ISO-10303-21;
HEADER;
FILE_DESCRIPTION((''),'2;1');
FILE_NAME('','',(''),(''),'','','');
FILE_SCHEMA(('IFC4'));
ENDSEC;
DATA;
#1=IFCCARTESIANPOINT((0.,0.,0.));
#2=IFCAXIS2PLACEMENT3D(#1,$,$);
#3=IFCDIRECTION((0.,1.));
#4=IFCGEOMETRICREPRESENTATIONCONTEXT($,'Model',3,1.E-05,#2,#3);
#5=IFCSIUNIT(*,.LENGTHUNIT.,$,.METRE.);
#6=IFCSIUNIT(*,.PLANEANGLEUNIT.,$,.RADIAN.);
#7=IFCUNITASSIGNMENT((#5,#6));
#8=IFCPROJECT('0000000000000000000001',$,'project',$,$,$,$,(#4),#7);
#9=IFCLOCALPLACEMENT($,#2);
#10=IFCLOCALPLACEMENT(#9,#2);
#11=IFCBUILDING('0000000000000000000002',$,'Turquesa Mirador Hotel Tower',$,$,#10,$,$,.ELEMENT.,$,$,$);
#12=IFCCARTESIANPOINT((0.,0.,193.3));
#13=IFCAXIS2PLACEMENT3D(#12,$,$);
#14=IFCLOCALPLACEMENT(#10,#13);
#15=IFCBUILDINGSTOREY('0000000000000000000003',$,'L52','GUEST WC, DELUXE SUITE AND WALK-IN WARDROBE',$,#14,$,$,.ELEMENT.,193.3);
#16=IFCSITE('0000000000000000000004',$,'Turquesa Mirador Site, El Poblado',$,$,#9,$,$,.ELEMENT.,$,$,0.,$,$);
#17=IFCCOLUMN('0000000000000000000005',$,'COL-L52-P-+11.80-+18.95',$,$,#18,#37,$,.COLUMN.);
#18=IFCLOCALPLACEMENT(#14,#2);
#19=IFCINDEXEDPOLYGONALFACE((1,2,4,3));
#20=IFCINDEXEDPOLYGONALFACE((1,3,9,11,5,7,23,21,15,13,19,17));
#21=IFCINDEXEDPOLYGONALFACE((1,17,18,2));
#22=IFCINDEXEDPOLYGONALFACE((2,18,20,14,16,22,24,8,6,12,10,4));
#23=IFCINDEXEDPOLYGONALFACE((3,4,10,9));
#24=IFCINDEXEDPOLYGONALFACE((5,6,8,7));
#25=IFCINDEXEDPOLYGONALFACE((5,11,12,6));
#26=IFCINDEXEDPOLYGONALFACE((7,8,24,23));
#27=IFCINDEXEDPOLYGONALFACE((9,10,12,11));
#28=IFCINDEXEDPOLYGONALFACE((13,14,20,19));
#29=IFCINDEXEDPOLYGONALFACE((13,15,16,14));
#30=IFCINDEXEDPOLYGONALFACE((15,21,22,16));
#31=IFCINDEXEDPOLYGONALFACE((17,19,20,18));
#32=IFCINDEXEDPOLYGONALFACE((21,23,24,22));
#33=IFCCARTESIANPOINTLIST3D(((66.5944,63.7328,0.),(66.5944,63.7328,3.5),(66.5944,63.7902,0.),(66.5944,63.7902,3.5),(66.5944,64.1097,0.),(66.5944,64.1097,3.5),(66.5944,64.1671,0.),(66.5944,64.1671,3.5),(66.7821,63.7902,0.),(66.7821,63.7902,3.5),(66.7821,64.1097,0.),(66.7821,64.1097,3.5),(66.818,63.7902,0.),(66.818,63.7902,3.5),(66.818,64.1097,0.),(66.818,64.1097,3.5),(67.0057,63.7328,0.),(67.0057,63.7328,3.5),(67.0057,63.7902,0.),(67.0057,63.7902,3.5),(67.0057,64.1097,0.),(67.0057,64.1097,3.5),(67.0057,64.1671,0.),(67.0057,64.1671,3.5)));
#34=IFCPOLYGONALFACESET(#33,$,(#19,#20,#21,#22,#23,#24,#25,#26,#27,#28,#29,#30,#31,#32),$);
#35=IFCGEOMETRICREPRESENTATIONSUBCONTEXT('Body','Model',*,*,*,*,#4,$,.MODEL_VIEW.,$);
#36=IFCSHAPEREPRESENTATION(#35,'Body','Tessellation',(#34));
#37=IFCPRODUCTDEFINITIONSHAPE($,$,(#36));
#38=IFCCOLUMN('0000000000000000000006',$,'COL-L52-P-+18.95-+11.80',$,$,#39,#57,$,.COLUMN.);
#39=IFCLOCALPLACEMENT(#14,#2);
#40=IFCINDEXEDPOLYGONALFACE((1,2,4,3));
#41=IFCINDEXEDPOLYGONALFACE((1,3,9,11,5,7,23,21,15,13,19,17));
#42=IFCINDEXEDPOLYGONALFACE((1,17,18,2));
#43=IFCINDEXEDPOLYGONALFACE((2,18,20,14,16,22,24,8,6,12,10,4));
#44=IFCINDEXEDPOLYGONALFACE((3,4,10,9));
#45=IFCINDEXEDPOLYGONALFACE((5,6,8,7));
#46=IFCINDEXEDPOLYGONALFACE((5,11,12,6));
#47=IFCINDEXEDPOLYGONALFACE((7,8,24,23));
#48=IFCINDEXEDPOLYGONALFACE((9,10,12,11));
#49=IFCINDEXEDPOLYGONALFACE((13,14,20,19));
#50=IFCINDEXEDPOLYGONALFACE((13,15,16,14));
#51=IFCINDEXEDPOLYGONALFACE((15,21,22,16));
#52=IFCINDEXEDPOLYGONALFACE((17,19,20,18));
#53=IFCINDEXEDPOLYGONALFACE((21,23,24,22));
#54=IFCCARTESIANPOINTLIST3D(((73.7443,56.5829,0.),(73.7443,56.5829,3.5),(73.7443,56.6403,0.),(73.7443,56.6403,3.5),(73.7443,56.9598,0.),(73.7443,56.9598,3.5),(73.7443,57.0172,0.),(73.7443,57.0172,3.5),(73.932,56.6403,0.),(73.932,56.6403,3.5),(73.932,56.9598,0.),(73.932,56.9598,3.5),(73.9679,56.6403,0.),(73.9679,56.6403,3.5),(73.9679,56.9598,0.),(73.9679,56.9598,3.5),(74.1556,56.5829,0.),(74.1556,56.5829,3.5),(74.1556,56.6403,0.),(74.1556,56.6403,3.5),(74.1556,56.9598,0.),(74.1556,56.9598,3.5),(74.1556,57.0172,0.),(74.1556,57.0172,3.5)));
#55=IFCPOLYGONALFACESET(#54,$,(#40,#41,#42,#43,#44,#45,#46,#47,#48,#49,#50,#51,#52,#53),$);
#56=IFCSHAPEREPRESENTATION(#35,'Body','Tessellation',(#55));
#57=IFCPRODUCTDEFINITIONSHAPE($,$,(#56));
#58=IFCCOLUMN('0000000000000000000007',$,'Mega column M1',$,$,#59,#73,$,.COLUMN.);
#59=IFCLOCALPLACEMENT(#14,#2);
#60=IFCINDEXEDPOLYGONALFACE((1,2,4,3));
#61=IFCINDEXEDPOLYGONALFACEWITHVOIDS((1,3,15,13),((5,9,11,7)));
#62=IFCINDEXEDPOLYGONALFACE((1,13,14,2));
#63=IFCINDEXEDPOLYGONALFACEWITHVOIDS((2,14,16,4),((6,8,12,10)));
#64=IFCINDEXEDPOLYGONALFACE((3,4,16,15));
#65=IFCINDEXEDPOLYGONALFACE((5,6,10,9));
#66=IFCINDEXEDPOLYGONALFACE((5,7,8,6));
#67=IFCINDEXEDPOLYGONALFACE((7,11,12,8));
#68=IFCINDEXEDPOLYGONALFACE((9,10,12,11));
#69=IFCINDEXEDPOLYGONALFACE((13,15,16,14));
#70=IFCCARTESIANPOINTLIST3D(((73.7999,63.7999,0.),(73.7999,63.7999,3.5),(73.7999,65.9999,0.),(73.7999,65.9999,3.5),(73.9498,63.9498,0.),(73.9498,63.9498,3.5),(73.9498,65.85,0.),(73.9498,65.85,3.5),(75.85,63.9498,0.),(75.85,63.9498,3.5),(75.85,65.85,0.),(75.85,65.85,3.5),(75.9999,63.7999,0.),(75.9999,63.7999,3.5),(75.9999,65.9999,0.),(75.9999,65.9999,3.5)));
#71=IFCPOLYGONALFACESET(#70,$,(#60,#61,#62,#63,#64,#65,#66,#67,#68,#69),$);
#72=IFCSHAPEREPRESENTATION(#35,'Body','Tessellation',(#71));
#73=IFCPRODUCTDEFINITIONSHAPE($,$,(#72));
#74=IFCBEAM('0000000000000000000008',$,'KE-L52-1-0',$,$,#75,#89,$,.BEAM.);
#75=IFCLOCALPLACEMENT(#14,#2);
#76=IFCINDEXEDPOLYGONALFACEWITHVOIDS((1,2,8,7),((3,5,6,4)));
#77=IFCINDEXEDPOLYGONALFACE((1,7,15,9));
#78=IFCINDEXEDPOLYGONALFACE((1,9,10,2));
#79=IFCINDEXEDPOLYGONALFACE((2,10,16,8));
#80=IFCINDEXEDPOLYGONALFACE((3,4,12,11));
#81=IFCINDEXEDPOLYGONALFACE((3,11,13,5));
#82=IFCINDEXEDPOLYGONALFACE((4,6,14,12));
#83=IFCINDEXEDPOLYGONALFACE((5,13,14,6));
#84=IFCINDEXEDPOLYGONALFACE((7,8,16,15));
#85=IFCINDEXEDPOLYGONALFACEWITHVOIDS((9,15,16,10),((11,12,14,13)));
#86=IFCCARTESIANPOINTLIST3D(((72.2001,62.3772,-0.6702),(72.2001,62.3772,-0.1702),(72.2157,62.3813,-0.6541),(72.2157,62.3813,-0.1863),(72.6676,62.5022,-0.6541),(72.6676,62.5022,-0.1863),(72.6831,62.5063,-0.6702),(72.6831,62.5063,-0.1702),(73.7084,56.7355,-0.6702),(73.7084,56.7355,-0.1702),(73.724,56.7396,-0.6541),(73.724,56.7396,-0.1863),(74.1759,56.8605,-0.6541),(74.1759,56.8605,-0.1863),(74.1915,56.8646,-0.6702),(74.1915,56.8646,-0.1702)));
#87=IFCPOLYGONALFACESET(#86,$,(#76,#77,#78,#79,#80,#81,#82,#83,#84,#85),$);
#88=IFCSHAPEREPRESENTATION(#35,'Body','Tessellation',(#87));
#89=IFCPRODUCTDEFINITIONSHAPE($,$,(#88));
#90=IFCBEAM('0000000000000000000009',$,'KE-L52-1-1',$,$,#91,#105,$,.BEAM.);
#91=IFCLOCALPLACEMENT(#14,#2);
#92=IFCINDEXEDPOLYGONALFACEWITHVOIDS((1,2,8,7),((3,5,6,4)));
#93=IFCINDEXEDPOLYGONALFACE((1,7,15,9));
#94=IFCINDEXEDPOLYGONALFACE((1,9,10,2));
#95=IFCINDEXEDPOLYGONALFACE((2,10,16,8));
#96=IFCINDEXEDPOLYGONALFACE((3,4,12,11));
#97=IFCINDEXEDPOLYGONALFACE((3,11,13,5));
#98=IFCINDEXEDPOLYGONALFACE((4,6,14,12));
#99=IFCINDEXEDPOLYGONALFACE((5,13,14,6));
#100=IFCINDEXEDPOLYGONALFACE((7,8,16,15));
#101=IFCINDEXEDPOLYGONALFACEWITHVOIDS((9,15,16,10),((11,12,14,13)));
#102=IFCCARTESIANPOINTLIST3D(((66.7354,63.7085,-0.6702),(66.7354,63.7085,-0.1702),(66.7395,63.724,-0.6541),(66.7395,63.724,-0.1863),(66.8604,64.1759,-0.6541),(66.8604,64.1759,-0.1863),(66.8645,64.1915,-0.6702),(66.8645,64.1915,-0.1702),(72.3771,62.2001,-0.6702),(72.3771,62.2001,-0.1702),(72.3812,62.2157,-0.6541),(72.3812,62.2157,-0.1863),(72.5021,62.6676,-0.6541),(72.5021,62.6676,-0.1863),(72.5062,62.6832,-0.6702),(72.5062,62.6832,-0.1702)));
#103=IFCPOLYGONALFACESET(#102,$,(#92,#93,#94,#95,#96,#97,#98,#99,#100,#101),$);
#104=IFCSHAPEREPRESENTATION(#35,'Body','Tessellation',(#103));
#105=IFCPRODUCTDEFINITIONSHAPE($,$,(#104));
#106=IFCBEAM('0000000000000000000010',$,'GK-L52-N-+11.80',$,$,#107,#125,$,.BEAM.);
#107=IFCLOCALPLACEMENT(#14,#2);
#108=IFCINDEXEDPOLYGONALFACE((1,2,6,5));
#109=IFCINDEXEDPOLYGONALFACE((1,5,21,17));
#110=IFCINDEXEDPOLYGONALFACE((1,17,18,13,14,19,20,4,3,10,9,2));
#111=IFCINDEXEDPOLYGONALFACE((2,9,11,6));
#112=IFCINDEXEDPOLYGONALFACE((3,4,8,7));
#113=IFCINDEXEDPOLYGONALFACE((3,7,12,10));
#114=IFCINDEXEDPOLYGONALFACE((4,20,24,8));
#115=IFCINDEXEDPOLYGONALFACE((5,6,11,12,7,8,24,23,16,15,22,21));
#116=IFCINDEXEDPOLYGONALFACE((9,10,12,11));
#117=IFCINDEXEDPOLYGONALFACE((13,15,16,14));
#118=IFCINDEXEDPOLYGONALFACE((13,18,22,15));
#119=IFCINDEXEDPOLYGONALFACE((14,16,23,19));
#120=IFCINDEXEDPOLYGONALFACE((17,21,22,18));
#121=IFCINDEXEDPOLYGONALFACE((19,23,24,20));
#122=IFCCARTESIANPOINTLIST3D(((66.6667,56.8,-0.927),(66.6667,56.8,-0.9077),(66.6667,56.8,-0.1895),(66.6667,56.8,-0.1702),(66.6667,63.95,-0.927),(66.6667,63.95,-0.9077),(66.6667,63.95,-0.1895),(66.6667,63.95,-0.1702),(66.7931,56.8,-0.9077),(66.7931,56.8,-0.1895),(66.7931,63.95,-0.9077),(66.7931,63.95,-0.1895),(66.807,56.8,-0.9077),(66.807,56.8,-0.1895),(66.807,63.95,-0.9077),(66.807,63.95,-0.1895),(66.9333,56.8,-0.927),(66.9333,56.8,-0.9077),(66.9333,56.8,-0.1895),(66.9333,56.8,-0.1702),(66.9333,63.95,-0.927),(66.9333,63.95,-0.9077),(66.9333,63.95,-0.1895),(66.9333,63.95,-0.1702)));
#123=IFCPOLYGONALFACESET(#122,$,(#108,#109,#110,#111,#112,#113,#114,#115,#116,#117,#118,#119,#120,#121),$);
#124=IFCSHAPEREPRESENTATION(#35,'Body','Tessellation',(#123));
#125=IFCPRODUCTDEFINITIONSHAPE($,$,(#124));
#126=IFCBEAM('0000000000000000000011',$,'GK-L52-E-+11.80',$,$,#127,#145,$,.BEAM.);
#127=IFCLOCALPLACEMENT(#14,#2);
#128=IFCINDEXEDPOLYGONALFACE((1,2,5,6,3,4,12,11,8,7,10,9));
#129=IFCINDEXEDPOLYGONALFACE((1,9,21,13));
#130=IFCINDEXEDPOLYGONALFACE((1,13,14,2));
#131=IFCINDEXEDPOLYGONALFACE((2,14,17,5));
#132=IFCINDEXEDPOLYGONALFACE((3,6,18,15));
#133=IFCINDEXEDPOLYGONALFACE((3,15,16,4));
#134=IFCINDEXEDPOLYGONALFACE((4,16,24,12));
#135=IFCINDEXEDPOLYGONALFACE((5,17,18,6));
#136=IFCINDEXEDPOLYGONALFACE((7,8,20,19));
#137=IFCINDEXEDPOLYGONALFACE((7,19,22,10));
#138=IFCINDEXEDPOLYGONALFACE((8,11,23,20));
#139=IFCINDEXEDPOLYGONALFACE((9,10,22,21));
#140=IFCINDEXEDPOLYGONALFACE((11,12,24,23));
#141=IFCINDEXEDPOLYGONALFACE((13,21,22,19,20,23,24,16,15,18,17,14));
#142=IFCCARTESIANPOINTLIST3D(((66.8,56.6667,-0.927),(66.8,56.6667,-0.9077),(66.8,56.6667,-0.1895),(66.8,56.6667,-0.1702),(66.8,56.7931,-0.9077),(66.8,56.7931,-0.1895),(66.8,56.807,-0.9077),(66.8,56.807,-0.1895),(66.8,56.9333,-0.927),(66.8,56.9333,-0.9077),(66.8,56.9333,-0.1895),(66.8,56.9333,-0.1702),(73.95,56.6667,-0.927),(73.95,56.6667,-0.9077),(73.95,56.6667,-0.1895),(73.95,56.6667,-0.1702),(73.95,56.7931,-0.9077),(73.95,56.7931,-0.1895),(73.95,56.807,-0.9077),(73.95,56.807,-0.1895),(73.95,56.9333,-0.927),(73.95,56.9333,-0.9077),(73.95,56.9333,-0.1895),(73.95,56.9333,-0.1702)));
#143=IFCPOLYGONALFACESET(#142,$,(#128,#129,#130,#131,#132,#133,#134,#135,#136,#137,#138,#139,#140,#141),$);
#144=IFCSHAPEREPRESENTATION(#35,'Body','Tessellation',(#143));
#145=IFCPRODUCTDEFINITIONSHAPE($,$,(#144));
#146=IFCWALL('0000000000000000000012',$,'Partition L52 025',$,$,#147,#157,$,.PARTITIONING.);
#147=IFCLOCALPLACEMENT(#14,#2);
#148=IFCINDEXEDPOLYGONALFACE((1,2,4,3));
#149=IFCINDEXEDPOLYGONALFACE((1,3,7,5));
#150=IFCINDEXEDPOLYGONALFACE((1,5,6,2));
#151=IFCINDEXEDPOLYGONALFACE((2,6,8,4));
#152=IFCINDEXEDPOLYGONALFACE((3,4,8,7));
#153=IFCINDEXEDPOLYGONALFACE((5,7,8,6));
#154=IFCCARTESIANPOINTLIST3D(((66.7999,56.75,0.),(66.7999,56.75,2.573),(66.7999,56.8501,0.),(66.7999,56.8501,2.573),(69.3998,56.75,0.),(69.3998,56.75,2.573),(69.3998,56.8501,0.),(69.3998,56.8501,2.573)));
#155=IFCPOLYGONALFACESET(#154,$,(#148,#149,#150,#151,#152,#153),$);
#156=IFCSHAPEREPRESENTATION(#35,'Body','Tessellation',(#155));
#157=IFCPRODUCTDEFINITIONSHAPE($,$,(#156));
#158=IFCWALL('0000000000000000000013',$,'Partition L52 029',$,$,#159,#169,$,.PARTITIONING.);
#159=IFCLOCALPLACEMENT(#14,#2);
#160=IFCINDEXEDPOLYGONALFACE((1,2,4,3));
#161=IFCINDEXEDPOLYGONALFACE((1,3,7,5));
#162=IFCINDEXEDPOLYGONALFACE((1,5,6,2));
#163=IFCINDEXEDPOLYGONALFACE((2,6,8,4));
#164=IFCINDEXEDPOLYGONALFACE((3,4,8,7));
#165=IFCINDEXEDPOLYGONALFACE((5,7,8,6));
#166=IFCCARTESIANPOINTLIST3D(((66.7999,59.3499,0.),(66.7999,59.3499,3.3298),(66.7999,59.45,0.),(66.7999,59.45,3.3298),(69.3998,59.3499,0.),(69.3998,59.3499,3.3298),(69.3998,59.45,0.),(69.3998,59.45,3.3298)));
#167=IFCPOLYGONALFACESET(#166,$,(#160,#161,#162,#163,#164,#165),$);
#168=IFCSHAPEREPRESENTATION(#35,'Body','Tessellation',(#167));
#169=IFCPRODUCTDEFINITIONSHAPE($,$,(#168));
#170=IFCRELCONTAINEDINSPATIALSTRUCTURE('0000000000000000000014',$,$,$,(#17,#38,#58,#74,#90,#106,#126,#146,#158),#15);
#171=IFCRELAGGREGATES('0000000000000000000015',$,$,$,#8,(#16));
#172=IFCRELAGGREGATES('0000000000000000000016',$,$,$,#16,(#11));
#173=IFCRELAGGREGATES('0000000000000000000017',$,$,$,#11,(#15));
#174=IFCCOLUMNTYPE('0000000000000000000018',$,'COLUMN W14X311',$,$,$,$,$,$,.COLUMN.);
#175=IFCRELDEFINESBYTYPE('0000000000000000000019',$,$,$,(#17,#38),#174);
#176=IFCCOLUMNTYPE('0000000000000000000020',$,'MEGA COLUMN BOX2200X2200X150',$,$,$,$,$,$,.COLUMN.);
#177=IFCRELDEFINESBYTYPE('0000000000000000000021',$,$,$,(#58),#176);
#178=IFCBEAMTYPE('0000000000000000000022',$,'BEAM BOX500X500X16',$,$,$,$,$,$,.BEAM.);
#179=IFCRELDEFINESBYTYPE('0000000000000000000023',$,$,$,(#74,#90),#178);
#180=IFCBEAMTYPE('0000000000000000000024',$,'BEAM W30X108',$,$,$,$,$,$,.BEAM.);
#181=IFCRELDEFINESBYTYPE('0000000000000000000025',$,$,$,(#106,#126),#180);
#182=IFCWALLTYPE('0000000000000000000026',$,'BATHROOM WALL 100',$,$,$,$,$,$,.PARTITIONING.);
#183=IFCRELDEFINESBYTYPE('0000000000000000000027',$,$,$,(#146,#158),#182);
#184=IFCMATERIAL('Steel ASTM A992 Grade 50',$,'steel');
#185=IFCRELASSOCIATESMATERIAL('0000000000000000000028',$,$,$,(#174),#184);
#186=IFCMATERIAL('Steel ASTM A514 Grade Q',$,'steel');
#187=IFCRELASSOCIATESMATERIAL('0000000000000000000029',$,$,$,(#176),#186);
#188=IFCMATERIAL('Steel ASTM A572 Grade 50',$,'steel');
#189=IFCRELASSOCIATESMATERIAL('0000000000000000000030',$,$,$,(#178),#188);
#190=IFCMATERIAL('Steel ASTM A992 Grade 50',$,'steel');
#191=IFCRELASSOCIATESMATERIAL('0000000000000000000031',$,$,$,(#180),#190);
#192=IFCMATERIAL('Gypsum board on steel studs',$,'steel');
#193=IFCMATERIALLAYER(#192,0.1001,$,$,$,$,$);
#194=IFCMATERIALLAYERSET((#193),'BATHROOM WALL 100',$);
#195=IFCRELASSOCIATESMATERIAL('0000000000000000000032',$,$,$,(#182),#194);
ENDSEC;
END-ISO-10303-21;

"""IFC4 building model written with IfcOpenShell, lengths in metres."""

from ifc_helpers import new_model, si_unit, direction, frame, frame_2d, origin, origin_2d, place, context, subcontext, project, spatial, rectangle, hollow_rectangle, i_section, extrude, material, layer, layer_set, material_profile, profile_set, type_object, element, save


model = new_model("IFC4")

# Units and contexts
model_context = context("Model", 3, precision=1e-05, world=origin(), true_north=direction((0.0, 1.0)))
body_context = subcontext(model_context, "Body", "Model", "MODEL_VIEW")
ifc_project = project(units=[si_unit("LENGTHUNIT", "METRE"), si_unit("PLANEANGLEUNIT", "RADIAN")], contexts=[model_context])

# Site, building, storey
site_placement = place(None, origin())
site = spatial("IfcSite", under=ifc_project, at=site_placement, Name="Turquesa Mirador Site, El Poblado", CompositionType="ELEMENT", RefElevation=0.0)
building_placement = place(site_placement, origin())
building = spatial("IfcBuilding", under=site, at=building_placement, Name="Turquesa Mirador Hotel Tower", CompositionType="ELEMENT")
storey_placement = place(building_placement, frame((0.0, 0.0, 193.3)))
storey = spatial("IfcBuildingStorey", under=building, at=storey_placement, Name="L52", Description="GUEST WC, DELUXE SUITE AND WALK-IN WARDROBE", CompositionType="ELEMENT", Elevation=193.3)

# Columns
ifc_material_1 = material(Name="Steel ASTM A992 Grade 50", Category="steel")
ifc_material_profile_1 = material_profile(ifc_material_1, i_section(OverallWidth=0.4114, OverallDepth=0.4343, WebThickness=0.0359, FlangeThickness=0.0574, at=origin_2d()), Name="W14X311")
ifc_profile_set_1 = profile_set([ifc_material_profile_1], Name="Steel ASTM A992 Grade 50")
column_type_1 = type_object("IfcColumnType", Name="COLUMN W14X311", PredefinedType="COLUMN", material=ifc_profile_set_1)
for number, where, z_axis, x_axis, name in (
    (1, (66.8, 63.95, 0.0), (0.0, 0.0, 1.0), (1.0, 0.0, 0.0), "COL-L52-P-+11.80-+18.95"),
    (2, (73.95, 56.8, 0.0), (0.0, 0.0, 1.0), (1.0, 0.0, 0.0), "COL-L52-P-+18.95-+11.80"),
):
    element("IfcColumn", number, at=place(storey_placement, frame(where, z_axis=z_axis, x_axis=x_axis)), inside=storey, type_object=column_type_1, Name=name, PredefinedType="COLUMN", context=body_context, shape_type="SweptSolid", body=[
        extrude(i_section(OverallWidth=0.4114, OverallDepth=0.4343, WebThickness=0.0359, FlangeThickness=0.0574, at=origin_2d()), origin(), (0.0, 0.0, 1.0), 3.5),
    ])
ifc_material_2 = material(Name="Steel ASTM A514 Grade Q", Category="steel")
ifc_material_profile_2 = material_profile(ifc_material_2, hollow_rectangle(XDim=2.2, YDim=2.2, WallThickness=0.1499, at=origin_2d()), Name="BOX2200X2200X150")
ifc_profile_set_2 = profile_set([ifc_material_profile_2], Name="Steel ASTM A514 Grade Q")
column_type_2 = type_object("IfcColumnType", Name="MEGA COLUMN BOX2200X2200X150", PredefinedType="COLUMN", material=ifc_profile_set_2)
column_placement = place(storey_placement, frame((74.8999, 64.8999, 0.0), z_axis=(0.0, 0.0, 1.0), x_axis=(1.0, 0.0, 0.0)))
element("IfcColumn", 3, at=column_placement, inside=storey, type_object=column_type_2, Name="Mega column M1", PredefinedType="COLUMN", context=body_context, shape_type="SweptSolid", body=[
    extrude(hollow_rectangle(XDim=2.2, YDim=2.2, WallThickness=0.1499, at=origin_2d()), origin(), (0.0, 0.0, 1.0), 3.5),
])

# Beams
ifc_material_3 = material(Name="Steel ASTM A572 Grade 50", Category="steel")
ifc_material_profile_3 = material_profile(ifc_material_3, hollow_rectangle(XDim=0.5, YDim=0.5, WallThickness=0.0161, at=origin_2d()), Name="BOX500X500X16")
ifc_profile_set_3 = profile_set([ifc_material_profile_3], Name="Steel ASTM A572 Grade 50")
beam_type_1 = type_object("IfcBeamType", Name="BEAM BOX500X500X16", PredefinedType="BEAM", material=ifc_profile_set_3)
for number, where, z_axis, x_axis, name in (
    (4, (73.95, 56.8, -0.4202), (-0.258282, 0.96607, 0.0), (-0.96607, -0.258282, 0.0), "KE-L52-1-0"),
    (5, (72.4417, 62.4417, -0.4202), (-0.96607, 0.258282, 0.0), (-0.258282, -0.96607, 0.0), "KE-L52-1-1"),
):
    element("IfcBeam", number, at=place(storey_placement, frame(where, z_axis=z_axis, x_axis=x_axis)), inside=storey, type_object=beam_type_1, Name=name, PredefinedType="BEAM", context=body_context, shape_type="SweptSolid", body=[
        extrude(hollow_rectangle(XDim=0.5, YDim=0.5, WallThickness=0.0161, at=origin_2d()), origin(), (0.0, 0.0, 1.0), 5.8398),
    ])
ifc_material_4 = material(Name="Steel ASTM A992 Grade 50", Category="steel")
ifc_material_profile_4 = material_profile(ifc_material_4, i_section(OverallWidth=0.2666, OverallDepth=0.7568, WebThickness=0.0139, FlangeThickness=0.0193, at=origin_2d()), Name="W30X108")
ifc_profile_set_4 = profile_set([ifc_material_profile_4], Name="Steel ASTM A992 Grade 50")
beam_type_2 = type_object("IfcBeamType", Name="BEAM W30X108", PredefinedType="BEAM", material=ifc_profile_set_4)
for number, where, z_axis, x_axis, name in (
    (6, (66.8, 63.95, -0.5486), (0.0, -1.0, 0.0), (1.0, 0.0, 0.0), "GK-L52-N-+11.80"),
    (7, (73.95, 56.8, -0.5486), (-1.0, 0.0, 0.0), (0.0, -1.0, 0.0), "GK-L52-E-+11.80"),
):
    element("IfcBeam", number, at=place(storey_placement, frame(where, z_axis=z_axis, x_axis=x_axis)), inside=storey, type_object=beam_type_2, Name=name, PredefinedType="BEAM", context=body_context, shape_type="SweptSolid", body=[
        extrude(i_section(OverallWidth=0.2666, OverallDepth=0.7568, WebThickness=0.0139, FlangeThickness=0.0193, at=origin_2d()), origin(), (0.0, 0.0, 1.0), 7.1499),
    ])

# Walls
ifc_material_5 = material(Name="Gypsum board on steel studs", Category="steel")
ifc_layer_1 = layer(ifc_material_5, 0.1001)
ifc_layer_set_1 = layer_set([ifc_layer_1], Name="BATHROOM WALL 100")
wall_type_1 = type_object("IfcWallType", Name="BATHROOM WALL 100", PredefinedType="PARTITIONING", material=ifc_layer_set_1)
wall_1_placement = place(storey_placement, frame((66.8, 56.8, 0.0), z_axis=(0.0, 0.0, 1.0), x_axis=(1.0, 0.0, 0.0)))
element("IfcWall", 8, at=wall_1_placement, inside=storey, type_object=wall_type_1, Name="Partition L52 025", PredefinedType="PARTITIONING", context=body_context, shape_type="SweptSolid", body=[
    extrude(rectangle(XDim=2.5999, YDim=0.1001, at=frame_2d((1.2998, 0.0))), origin(), (0.0, 0.0, 1.0), 2.573),
])
wall_2_placement = place(storey_placement, frame((66.8, 59.3999, 0.0), z_axis=(0.0, 0.0, 1.0), x_axis=(1.0, 0.0, 0.0)))
element("IfcWall", 9, at=wall_2_placement, inside=storey, type_object=wall_type_1, Name="Partition L52 029", PredefinedType="PARTITIONING", context=body_context, shape_type="SweptSolid", body=[
    extrude(rectangle(XDim=2.5999, YDim=0.1001, at=frame_2d((1.2998, 0.0))), origin(), (0.0, 0.0, 1.0), 3.3298),
])

save(model, "model.ifc")
